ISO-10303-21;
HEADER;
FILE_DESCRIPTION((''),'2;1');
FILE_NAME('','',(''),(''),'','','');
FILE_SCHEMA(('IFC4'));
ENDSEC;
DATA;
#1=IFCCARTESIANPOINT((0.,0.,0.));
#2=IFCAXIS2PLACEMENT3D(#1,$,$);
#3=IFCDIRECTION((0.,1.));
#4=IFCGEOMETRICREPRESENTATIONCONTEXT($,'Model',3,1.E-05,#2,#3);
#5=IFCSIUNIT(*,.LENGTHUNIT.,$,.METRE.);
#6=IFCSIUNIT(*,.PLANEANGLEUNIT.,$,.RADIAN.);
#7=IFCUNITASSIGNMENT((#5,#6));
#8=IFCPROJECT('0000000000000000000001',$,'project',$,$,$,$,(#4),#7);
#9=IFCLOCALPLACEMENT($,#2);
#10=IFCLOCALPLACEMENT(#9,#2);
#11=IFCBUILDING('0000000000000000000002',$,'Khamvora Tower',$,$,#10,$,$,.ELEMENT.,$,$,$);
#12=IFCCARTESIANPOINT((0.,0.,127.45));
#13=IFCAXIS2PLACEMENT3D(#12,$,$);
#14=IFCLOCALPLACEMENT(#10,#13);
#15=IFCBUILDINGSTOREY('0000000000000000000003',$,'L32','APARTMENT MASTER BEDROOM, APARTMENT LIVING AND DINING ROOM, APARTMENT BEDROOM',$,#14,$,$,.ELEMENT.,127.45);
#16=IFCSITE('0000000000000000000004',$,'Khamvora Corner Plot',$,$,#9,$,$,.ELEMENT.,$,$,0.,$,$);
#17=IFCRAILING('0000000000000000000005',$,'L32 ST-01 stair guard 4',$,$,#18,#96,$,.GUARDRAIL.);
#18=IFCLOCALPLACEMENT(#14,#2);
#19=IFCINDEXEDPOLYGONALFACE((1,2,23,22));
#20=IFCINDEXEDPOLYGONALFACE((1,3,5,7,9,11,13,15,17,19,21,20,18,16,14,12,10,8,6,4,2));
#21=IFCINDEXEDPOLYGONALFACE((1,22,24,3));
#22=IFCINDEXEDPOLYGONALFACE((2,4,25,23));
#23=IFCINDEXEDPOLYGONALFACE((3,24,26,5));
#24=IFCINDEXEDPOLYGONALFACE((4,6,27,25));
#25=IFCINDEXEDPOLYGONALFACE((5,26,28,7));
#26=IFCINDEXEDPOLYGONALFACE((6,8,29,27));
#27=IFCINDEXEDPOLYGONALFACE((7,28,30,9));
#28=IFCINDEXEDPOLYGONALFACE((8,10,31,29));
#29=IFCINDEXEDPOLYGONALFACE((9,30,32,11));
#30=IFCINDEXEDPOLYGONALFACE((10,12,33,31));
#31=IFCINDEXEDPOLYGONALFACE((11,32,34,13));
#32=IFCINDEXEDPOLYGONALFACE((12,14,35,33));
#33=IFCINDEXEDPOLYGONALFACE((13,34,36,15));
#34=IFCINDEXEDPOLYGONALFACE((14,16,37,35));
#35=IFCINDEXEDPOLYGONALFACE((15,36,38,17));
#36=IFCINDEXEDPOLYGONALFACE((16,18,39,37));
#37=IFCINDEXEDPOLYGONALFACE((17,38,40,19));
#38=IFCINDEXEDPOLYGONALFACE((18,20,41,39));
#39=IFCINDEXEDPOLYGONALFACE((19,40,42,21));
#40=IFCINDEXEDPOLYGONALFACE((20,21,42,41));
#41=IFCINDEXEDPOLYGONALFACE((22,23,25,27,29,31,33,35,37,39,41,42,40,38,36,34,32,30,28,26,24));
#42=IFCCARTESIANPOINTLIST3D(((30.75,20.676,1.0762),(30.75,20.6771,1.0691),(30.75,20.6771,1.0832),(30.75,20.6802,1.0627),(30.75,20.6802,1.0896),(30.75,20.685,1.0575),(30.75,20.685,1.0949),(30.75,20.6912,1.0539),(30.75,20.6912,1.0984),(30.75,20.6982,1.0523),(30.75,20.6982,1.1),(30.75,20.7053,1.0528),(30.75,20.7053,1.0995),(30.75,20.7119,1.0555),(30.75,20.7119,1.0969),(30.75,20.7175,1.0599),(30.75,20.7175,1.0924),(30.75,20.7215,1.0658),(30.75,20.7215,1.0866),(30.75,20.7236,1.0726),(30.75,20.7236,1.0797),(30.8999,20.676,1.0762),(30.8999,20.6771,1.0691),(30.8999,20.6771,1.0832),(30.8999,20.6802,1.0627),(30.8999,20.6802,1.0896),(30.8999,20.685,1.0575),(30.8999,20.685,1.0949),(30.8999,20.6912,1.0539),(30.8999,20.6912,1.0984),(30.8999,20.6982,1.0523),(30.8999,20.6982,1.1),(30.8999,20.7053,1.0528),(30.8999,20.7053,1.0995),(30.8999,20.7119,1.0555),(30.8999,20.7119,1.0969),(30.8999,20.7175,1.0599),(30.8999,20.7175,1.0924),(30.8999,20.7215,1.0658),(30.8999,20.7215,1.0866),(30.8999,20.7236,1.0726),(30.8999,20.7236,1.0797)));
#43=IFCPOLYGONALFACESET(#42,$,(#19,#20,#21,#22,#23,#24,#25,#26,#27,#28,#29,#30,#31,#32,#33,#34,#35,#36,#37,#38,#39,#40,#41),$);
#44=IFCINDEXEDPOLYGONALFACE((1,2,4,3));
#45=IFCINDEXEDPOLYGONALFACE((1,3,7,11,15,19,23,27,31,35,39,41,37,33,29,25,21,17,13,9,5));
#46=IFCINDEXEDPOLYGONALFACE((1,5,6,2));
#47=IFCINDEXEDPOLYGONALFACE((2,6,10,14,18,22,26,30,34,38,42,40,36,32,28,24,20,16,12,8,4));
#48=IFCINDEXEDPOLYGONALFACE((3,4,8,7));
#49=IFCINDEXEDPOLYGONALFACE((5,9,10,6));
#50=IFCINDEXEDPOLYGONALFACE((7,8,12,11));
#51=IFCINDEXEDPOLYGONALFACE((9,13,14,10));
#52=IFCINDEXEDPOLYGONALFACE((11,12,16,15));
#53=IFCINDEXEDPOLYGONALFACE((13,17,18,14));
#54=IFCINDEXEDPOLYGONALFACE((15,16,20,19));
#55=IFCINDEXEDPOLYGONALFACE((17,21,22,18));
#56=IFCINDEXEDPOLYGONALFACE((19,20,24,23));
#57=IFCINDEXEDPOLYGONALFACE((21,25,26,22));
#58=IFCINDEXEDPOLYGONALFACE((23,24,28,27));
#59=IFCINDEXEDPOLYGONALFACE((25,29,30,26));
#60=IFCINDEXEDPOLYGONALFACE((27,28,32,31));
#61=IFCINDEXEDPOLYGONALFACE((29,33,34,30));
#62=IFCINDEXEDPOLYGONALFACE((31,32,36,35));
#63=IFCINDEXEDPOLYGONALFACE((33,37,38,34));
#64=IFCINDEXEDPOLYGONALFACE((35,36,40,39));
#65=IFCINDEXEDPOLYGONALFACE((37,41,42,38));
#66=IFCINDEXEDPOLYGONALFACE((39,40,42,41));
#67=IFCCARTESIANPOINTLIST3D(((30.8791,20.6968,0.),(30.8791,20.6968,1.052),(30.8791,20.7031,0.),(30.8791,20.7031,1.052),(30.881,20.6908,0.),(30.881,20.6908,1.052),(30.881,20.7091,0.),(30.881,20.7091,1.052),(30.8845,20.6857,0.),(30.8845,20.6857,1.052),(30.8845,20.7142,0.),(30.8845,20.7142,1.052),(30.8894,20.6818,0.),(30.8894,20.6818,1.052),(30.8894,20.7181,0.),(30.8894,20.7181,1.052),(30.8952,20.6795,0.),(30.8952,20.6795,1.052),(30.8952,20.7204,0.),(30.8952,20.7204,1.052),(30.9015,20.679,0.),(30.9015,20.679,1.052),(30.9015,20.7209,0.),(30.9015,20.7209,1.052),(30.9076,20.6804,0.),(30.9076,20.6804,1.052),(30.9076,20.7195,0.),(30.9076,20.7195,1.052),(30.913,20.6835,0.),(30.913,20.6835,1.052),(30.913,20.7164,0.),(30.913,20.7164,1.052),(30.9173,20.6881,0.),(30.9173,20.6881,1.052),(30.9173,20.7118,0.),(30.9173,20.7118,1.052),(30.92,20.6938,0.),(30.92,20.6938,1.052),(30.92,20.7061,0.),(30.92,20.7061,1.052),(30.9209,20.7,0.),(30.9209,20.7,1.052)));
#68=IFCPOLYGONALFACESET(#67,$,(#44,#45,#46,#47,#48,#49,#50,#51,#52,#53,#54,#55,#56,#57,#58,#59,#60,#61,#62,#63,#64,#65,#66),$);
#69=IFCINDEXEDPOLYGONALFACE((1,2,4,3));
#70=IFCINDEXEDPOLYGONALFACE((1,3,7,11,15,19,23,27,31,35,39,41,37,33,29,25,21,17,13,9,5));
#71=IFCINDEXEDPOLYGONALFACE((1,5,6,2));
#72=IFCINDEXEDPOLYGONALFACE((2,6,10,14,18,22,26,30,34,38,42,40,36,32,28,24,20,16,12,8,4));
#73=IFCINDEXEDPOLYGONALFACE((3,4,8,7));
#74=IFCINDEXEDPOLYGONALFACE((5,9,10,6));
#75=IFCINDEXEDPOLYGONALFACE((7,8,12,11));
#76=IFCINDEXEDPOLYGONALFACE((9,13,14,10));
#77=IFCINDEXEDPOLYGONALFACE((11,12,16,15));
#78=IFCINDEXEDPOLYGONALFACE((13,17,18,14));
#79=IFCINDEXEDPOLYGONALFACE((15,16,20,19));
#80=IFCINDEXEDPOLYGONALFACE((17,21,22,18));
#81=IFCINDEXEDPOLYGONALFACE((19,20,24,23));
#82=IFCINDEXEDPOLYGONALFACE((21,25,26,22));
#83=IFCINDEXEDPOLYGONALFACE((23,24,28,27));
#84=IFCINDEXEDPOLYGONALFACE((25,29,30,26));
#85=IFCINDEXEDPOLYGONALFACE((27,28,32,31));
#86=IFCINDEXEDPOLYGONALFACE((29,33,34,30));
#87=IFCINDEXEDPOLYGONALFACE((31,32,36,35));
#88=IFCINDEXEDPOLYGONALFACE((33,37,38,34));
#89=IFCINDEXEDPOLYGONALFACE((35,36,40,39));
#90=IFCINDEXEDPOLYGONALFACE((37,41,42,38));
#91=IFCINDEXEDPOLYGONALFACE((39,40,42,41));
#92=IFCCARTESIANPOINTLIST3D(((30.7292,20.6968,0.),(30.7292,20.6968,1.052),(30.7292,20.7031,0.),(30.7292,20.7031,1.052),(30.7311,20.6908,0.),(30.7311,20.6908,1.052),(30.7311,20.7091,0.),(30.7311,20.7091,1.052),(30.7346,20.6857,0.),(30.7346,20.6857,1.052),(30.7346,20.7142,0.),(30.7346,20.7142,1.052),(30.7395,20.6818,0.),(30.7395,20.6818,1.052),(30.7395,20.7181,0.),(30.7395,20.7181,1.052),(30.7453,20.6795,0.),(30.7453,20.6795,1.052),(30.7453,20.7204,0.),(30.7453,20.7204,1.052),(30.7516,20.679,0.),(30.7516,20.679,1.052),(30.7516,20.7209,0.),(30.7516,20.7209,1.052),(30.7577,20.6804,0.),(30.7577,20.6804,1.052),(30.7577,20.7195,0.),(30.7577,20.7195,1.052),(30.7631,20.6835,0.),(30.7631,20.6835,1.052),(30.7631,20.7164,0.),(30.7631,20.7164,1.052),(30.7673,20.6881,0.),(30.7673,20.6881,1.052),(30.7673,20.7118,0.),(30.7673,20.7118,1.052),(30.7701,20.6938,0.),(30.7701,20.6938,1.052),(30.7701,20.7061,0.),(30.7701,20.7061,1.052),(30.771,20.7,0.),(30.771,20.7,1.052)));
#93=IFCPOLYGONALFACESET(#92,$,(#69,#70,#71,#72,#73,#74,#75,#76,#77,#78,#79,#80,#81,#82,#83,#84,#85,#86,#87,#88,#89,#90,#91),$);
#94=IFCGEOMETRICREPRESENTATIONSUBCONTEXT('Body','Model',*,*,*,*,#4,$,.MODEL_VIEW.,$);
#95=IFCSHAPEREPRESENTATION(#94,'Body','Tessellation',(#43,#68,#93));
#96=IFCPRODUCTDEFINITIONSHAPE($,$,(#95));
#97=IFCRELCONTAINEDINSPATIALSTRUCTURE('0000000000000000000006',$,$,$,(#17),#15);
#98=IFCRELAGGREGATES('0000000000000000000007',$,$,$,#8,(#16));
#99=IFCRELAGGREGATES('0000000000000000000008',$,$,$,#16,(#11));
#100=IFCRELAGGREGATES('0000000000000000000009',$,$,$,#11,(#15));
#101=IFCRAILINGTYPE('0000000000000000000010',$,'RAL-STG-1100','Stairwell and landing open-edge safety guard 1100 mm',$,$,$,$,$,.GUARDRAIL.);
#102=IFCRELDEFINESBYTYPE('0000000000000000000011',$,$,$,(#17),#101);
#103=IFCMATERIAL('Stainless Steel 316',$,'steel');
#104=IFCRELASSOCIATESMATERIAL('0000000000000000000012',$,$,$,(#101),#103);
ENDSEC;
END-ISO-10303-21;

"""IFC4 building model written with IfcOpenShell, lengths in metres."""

from ifc_helpers import new_model, si_unit, direction, frame, origin, origin_2d, place, context, subcontext, project, spatial, circle, extrude, material, type_object, element, save


model = new_model("IFC4")

# Units and contexts
model_context = context("Model", 3, precision=1e-05, world=origin(), true_north=direction((0.0, 1.0)))
body_context = subcontext(model_context, "Body", "Model", "MODEL_VIEW")
ifc_project = project(units=[si_unit("LENGTHUNIT", "METRE"), si_unit("PLANEANGLEUNIT", "RADIAN")], contexts=[model_context])

# Site, building, storey
site_placement = place(None, origin())
site = spatial("IfcSite", under=ifc_project, at=site_placement, Name="Khamvora Corner Plot", CompositionType="ELEMENT", RefElevation=0.0)
building_placement = place(site_placement, origin())
building = spatial("IfcBuilding", under=site, at=building_placement, Name="Khamvora Tower", CompositionType="ELEMENT")
storey_placement = place(building_placement, frame((0.0, 0.0, 127.45)))
storey = spatial("IfcBuildingStorey", under=building, at=storey_placement, Name="L32", Description="APARTMENT MASTER BEDROOM, APARTMENT LIVING AND DINING ROOM, APARTMENT BEDROOM", CompositionType="ELEMENT", Elevation=127.45)

# Railing
ifc_material_1 = material(Name="Stainless Steel 316", Category="steel")
railing_type = type_object("IfcRailingType", Name="RAL-STG-1100", Description="Stairwell and landing open-edge safety guard 1100 mm", PredefinedType="GUARDRAIL", material=ifc_material_1)
railing_placement = place(storey_placement, frame((30.8999, 20.7, 0.0)))
element("IfcRailing", 1, at=railing_placement, inside=storey, type_object=railing_type, Name="L32 ST-01 stair guard 4", PredefinedType="GUARDRAIL", context=body_context, shape_type="SweptSolid", body=[
    extrude(circle(Radius=0.0239, at=origin_2d()), frame((0.0, 0.0, 1.0762), z_axis=(-1.0, 0.0, 0.0), x_axis=(0.0, -1.0, 0.0)), (0.0, 0.0, 1.0), 0.1499),
    extrude(circle(Radius=0.021, at=origin_2d()), origin(), (0.0, 0.0, 1.0), 1.052),
    extrude(circle(Radius=0.021, at=origin_2d()), frame((-0.1499, 0.0, 0.0)), (0.0, 0.0, 1.0), 1.052),
])

save(model, "model.ifc")
